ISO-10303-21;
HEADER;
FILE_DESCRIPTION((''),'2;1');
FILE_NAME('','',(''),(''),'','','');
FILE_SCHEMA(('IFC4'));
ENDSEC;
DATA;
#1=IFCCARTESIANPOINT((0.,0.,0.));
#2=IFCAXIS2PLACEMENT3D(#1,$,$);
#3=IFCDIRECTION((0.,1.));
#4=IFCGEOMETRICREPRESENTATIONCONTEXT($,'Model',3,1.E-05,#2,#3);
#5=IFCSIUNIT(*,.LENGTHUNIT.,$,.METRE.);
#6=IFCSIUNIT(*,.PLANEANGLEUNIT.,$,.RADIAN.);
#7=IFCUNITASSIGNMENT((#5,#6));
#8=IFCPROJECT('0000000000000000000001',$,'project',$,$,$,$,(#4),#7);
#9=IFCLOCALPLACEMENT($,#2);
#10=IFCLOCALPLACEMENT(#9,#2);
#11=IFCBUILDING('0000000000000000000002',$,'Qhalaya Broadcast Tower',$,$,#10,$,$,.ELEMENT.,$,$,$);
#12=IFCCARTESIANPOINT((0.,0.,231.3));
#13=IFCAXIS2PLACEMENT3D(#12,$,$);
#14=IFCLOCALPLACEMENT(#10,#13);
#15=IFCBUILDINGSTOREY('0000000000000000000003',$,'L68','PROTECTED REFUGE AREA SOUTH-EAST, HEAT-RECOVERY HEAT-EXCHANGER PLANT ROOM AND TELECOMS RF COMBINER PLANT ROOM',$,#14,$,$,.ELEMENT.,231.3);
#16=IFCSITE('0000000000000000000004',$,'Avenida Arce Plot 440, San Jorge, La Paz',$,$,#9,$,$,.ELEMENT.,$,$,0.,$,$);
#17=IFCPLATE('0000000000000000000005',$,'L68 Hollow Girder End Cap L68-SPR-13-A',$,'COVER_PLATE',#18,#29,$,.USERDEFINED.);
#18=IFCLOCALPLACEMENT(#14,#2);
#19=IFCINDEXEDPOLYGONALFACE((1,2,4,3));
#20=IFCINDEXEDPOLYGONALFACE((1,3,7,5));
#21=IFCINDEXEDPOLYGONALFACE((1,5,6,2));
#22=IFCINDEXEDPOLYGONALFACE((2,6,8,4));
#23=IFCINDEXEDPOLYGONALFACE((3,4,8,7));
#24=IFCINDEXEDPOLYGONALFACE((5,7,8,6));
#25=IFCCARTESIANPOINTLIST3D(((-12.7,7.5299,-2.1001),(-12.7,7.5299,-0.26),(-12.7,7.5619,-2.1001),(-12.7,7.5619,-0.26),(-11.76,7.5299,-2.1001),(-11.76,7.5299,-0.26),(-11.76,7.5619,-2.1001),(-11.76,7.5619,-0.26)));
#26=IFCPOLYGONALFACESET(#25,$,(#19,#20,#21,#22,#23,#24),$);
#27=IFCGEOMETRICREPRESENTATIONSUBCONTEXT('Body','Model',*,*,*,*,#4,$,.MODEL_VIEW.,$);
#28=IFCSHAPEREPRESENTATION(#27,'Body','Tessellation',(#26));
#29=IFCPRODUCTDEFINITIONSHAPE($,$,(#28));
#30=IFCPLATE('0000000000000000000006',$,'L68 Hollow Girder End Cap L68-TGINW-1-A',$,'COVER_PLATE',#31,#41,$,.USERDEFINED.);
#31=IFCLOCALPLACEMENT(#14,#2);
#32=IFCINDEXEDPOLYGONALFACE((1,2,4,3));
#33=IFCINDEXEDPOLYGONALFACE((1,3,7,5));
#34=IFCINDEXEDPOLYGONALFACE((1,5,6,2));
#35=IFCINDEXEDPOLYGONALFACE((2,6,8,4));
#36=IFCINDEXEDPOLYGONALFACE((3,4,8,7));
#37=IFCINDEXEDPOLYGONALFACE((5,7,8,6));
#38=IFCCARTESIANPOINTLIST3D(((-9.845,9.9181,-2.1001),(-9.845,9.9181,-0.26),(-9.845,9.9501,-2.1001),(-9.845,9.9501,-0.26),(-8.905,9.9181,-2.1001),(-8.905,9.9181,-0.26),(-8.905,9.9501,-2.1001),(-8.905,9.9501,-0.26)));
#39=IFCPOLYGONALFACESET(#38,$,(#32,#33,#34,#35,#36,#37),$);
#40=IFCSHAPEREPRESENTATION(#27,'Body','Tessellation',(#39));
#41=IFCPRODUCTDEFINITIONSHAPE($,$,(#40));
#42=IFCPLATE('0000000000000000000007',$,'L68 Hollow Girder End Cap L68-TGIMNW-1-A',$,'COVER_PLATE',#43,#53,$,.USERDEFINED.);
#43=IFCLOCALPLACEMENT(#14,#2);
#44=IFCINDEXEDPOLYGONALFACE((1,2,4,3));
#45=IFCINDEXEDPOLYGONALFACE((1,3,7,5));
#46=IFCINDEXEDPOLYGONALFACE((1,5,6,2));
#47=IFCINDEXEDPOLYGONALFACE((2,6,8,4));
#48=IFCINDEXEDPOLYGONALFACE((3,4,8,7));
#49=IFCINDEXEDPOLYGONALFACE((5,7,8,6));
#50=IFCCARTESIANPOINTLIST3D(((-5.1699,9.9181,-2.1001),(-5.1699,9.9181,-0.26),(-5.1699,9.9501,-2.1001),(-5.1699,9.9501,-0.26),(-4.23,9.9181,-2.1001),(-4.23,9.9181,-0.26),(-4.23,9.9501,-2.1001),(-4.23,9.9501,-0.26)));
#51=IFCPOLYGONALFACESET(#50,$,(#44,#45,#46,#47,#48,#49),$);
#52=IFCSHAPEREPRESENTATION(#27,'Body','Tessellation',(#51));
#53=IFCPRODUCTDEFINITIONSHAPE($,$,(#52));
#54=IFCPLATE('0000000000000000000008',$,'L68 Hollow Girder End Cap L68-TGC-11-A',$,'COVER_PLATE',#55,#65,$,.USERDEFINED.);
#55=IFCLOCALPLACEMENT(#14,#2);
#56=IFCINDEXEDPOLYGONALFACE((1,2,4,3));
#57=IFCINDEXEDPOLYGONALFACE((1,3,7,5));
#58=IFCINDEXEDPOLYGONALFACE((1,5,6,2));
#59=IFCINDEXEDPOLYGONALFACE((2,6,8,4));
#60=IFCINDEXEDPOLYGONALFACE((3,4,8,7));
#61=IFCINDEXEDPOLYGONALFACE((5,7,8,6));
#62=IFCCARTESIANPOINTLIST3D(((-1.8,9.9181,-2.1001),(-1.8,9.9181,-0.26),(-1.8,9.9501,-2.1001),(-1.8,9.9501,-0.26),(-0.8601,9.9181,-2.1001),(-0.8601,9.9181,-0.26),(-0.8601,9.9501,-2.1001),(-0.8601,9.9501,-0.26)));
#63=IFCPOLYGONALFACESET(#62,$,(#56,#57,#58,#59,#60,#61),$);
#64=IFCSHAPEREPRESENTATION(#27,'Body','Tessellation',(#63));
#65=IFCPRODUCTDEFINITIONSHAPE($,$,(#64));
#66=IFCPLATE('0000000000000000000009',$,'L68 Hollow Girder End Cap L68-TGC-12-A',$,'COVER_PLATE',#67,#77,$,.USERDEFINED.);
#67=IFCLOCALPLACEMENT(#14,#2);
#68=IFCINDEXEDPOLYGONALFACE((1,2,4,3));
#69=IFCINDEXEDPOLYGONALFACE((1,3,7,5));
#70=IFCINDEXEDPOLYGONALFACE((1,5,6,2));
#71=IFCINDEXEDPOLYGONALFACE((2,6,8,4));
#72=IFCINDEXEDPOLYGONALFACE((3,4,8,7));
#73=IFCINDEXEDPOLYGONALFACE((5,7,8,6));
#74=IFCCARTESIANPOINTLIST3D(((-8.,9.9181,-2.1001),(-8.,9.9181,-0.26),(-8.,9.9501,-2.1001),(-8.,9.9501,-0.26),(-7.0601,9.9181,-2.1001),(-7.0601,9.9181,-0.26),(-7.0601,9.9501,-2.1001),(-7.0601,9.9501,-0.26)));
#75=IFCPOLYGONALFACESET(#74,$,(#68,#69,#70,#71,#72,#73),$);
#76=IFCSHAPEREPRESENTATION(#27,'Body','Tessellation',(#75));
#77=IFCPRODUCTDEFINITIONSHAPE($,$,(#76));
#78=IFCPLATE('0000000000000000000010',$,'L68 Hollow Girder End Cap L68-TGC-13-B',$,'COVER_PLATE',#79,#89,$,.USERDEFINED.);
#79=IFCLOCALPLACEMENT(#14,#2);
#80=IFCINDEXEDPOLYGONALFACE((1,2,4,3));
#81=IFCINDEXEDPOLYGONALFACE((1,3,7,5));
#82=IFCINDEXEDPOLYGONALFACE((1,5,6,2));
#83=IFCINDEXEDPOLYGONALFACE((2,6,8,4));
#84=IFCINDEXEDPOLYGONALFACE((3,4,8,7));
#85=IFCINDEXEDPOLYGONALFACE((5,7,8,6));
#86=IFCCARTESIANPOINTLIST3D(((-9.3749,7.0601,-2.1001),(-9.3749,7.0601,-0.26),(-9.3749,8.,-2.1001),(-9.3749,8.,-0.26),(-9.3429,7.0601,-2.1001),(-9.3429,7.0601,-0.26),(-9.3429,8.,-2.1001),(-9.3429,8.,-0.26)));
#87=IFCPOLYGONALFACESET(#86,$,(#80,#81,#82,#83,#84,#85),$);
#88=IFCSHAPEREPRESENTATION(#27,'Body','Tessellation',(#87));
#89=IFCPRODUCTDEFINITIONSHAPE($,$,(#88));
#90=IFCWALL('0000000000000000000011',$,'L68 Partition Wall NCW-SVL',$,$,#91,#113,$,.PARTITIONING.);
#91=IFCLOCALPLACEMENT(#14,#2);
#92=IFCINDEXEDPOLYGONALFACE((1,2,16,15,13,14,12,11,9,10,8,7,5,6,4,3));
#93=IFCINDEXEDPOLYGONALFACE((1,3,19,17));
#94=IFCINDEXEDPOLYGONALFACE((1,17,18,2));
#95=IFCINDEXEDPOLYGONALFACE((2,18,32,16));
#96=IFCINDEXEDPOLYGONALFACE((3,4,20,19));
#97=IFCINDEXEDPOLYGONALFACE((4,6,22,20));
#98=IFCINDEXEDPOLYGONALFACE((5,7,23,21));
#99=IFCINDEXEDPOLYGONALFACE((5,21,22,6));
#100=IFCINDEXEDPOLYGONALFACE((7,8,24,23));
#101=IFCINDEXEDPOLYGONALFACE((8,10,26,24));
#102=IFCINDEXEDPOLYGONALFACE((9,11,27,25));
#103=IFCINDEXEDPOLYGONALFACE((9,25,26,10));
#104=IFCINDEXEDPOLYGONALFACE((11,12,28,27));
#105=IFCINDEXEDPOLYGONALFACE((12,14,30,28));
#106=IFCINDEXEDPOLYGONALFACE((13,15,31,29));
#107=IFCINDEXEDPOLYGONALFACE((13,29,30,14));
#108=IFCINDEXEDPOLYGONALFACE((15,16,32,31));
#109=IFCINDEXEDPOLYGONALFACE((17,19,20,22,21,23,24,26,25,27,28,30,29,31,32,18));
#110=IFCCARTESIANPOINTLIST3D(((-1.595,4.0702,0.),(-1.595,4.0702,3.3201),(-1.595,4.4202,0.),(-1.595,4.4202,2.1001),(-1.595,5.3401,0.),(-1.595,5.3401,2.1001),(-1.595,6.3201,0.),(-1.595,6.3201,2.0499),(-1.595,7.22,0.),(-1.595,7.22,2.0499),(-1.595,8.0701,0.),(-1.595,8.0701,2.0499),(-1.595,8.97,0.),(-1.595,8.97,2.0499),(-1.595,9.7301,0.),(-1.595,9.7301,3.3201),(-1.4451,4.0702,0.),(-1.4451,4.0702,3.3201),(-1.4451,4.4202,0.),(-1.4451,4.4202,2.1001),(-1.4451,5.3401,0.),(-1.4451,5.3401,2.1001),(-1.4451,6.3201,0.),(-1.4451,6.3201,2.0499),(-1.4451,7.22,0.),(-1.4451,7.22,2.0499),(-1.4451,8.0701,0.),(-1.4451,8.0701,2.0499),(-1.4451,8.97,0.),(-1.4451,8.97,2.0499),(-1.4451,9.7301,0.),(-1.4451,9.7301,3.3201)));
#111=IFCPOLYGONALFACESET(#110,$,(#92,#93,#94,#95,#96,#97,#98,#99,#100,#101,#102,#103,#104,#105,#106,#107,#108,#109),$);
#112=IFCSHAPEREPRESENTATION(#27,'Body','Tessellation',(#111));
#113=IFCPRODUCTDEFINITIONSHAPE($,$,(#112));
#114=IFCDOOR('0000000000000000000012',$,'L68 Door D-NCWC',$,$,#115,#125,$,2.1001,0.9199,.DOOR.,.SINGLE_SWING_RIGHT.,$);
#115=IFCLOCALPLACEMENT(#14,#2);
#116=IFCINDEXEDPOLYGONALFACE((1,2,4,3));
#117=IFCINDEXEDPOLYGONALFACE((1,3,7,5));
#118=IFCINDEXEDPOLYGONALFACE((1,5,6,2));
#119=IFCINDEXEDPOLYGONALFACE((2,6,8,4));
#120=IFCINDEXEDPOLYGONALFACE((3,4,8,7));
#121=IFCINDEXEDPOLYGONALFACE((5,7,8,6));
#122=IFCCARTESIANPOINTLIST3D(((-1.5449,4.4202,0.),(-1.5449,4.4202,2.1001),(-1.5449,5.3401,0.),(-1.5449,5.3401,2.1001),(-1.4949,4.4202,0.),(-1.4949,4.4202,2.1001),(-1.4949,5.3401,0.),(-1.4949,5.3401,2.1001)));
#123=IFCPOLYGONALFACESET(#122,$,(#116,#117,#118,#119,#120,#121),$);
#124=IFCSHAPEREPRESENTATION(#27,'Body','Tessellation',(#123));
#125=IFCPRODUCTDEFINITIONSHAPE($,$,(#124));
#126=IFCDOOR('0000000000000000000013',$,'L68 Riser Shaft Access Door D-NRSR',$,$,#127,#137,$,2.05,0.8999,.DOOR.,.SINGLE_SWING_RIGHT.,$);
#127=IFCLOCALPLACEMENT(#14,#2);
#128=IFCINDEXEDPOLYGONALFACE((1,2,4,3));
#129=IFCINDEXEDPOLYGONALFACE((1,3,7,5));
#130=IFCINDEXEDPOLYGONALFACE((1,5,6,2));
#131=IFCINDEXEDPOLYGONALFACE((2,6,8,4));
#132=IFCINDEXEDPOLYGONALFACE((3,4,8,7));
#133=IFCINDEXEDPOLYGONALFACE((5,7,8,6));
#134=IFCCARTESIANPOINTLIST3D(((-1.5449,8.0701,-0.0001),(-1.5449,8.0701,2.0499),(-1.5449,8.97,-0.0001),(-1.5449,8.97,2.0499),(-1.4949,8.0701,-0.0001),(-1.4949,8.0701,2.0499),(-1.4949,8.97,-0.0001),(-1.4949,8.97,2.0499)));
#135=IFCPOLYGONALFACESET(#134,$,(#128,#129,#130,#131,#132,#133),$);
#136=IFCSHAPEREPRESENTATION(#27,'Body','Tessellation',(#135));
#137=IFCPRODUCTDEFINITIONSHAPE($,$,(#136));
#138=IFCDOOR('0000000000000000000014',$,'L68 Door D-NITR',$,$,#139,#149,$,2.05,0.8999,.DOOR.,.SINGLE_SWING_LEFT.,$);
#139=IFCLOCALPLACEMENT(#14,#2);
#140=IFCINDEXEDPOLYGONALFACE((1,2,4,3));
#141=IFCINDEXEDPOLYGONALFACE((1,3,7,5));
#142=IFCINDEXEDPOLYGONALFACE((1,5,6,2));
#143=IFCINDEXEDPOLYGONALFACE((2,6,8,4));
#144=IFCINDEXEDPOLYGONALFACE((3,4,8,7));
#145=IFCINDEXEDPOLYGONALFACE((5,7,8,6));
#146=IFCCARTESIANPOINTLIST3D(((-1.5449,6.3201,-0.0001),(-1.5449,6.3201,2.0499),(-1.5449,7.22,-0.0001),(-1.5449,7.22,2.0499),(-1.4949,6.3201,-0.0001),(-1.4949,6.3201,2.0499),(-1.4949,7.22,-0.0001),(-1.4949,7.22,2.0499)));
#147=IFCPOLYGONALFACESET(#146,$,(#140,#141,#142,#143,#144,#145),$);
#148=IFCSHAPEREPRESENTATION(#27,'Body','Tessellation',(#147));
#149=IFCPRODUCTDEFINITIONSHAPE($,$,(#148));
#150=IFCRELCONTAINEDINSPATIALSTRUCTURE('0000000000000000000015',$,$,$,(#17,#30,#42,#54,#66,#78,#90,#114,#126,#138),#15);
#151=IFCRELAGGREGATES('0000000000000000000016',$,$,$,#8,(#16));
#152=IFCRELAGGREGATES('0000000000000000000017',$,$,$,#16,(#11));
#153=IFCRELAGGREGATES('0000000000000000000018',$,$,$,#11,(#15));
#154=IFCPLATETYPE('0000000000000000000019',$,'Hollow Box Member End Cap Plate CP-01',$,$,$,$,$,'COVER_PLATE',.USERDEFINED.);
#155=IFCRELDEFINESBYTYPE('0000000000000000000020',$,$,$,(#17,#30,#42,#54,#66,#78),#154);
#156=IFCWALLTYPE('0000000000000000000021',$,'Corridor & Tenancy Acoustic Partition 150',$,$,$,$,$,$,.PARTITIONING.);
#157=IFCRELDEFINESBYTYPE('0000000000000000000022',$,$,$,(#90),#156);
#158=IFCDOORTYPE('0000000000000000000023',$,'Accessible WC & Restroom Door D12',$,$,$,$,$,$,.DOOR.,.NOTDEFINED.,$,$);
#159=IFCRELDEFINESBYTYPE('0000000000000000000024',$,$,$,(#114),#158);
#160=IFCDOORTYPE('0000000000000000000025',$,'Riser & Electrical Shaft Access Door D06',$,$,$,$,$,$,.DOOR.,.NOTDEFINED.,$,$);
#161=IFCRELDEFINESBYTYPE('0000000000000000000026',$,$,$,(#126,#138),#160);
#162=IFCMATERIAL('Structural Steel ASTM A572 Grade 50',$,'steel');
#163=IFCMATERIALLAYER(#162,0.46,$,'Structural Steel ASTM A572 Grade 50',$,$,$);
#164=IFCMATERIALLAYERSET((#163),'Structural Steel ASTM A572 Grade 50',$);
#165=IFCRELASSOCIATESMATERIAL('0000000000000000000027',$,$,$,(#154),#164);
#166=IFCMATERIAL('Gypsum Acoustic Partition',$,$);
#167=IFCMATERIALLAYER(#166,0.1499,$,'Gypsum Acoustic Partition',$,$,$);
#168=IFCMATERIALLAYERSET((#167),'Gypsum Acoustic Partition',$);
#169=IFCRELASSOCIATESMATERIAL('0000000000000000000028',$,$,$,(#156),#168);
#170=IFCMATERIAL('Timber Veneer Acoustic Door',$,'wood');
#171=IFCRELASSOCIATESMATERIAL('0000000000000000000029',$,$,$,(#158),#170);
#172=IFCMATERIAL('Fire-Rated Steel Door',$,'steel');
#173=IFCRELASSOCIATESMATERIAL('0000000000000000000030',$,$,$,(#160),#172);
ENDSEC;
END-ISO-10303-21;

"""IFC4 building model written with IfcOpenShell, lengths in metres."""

from ifc_helpers import new_model, si_unit, direction, frame, frame_2d, origin, origin_2d, place, context, subcontext, project, spatial, rectangle, extrude, material, layer, layer_set, type_object, element, fill, save


model = new_model("IFC4")

# Units and contexts
model_context = context("Model", 3, precision=1e-05, world=origin(), true_north=direction((0.0, 1.0)))
body_context = subcontext(model_context, "Body", "Model", "MODEL_VIEW")
ifc_project = project(units=[si_unit("LENGTHUNIT", "METRE"), si_unit("PLANEANGLEUNIT", "RADIAN")], contexts=[model_context])

# Site, building, storey
site_placement = place(None, origin())
site = spatial("IfcSite", under=ifc_project, at=site_placement, Name="Avenida Arce Plot 440, San Jorge, La Paz", CompositionType="ELEMENT", RefElevation=0.0)
building_placement = place(site_placement, origin())
building = spatial("IfcBuilding", under=site, at=building_placement, Name="Qhalaya Broadcast Tower", CompositionType="ELEMENT")
storey_placement = place(building_placement, frame((0.0, 0.0, 231.3)))
storey = spatial("IfcBuildingStorey", under=building, at=storey_placement, Name="L68", Description="PROTECTED REFUGE AREA SOUTH-EAST, HEAT-RECOVERY HEAT-EXCHANGER PLANT ROOM AND TELECOMS RF COMBINER PLANT ROOM", CompositionType="ELEMENT", Elevation=231.3)

# Plates
ifc_material_1 = material(Name="Structural Steel ASTM A572 Grade 50", Category="steel")
ifc_layer_1 = layer(ifc_material_1, 0.46, Name="Structural Steel ASTM A572 Grade 50")
ifc_layer_set_1 = layer_set([ifc_layer_1], Name="Structural Steel ASTM A572 Grade 50")
plate_type = type_object("IfcPlateType", Name="Hollow Box Member End Cap Plate CP-01", ElementType="COVER_PLATE", PredefinedType="USERDEFINED", material=ifc_layer_set_1)
for number, where, z_axis, x_axis, name in (
    (1, (-12.23, 7.5459, -2.1001), (0.0, 0.0, 1.0), (1.0, 0.0, 0.0), "L68 Hollow Girder End Cap L68-SPR-13-A"),
    (2, (-9.375, 9.9341, -2.1001), (0.0, 0.0, 1.0), (-1.0, 0.0, 0.0), "L68 Hollow Girder End Cap L68-TGINW-1-A"),
    (3, (-4.7, 9.9341, -2.1001), (0.0, 0.0, 1.0), (-1.0, 0.0, 0.0), "L68 Hollow Girder End Cap L68-TGIMNW-1-A"),
    (4, (-1.3301, 9.9341, -2.1001), (0.0, 0.0, 1.0), (-1.0, 0.0, 0.0), "L68 Hollow Girder End Cap L68-TGC-11-A"),
    (5, (-7.53, 9.9341, -2.1001), (0.0, 0.0, 1.0), (-1.0, 0.0, 0.0), "L68 Hollow Girder End Cap L68-TGC-12-A"),
    (6, (-9.3589, 7.53, -2.1001), (0.0, 0.0, 1.0), (0.0, 1.0, 0.0), "L68 Hollow Girder End Cap L68-TGC-13-B"),
):
    element("IfcPlate", number, at=place(storey_placement, frame(where, z_axis=z_axis, x_axis=x_axis)), inside=storey, type_object=plate_type, Name=name, ObjectType="COVER_PLATE", PredefinedType="USERDEFINED", context=body_context, shape_type="SweptSolid", body=[
        extrude(rectangle(XDim=0.9399, YDim=0.032, at=origin_2d()), origin(), (0.0, 0.0, 1.0), 1.8401),
    ])

# Wall, openings, doors
ifc_material_2 = material(Name="Gypsum Acoustic Partition")
ifc_layer_2 = layer(ifc_material_2, 0.1499, Name="Gypsum Acoustic Partition")
ifc_layer_set_2 = layer_set([ifc_layer_2], Name="Gypsum Acoustic Partition")
wall_type_1 = type_object("IfcWallType", Name="Corridor & Tenancy Acoustic Partition 150", PredefinedType="PARTITIONING", material=ifc_layer_set_2)
wall_1_placement = place(storey_placement, frame((-1.52, 4.0701, 0.0), z_axis=(0.0, 0.0, 1.0), x_axis=(0.0, 1.0, 0.0)))
wall_1 = element("IfcWall", 7, at=wall_1_placement, inside=storey, type_object=wall_type_1, Name="L68 Partition Wall NCW-SVL", PredefinedType="PARTITIONING", context=body_context, shape_type="SweptSolid", body=[
    extrude(rectangle(XDim=5.6599, YDim=0.1499, at=frame_2d((2.8301, 0.0))), origin(), (0.0, 0.0, 1.0), 3.3201),
])
opening_1_placement = place(wall_1_placement, frame((4.0, 0.0, 0.0)))
opening_1 = element("IfcOpeningElement", 8, at=opening_1_placement, cuts=wall_1, PredefinedType="OPENING", context=body_context, shape_type="SweptSolid", body=[
    extrude(rectangle(XDim=0.8999, YDim=2.05, at=frame_2d((0.45, 1.0249))), frame((0.0, 0.0869, 0.0), z_axis=(0.0, -1.0, 0.0), x_axis=(1.0, 0.0, 0.0)), (0.0, 0.0, 1.0), 0.1738),
])
opening_2_placement = place(wall_1_placement, frame((2.25, 0.0, 0.0)))
opening_2 = element("IfcOpeningElement", 9, at=opening_2_placement, cuts=wall_1, PredefinedType="OPENING", context=body_context, shape_type="SweptSolid", body=[
    extrude(rectangle(XDim=0.8999, YDim=2.05, at=frame_2d((0.45, 1.0249))), frame((0.0, 0.0869, 0.0), z_axis=(0.0, -1.0, 0.0), x_axis=(1.0, 0.0, 0.0)), (0.0, 0.0, 1.0), 0.1738),
])
opening_3_placement = place(wall_1_placement, frame((0.3501, 0.0, 0.0)))
opening_3 = element("IfcOpeningElement", 10, at=opening_3_placement, cuts=wall_1, PredefinedType="OPENING", context=body_context, shape_type="SweptSolid", body=[
    extrude(rectangle(XDim=0.9199, YDim=2.1001, at=frame_2d((0.46, 1.05))), frame((0.0, 0.0869, 0.0), z_axis=(0.0, -1.0, 0.0), x_axis=(1.0, 0.0, 0.0)), (0.0, 0.0, 1.0), 0.1738),
])
ifc_material_3 = material(Name="Timber Veneer Acoustic Door", Category="wood")
door_type_1 = type_object("IfcDoorType", Name="Accessible WC & Restroom Door D12", OperationType="NOTDEFINED", PredefinedType="DOOR", material=ifc_material_3)
door_1_placement = place(opening_3_placement, origin())
door_1 = element("IfcDoor", 11, at=door_1_placement, inside=storey, type_object=door_type_1, Name="L68 Door D-NCWC", OperationType="SINGLE_SWING_RIGHT", OverallHeight=2.1001, OverallWidth=0.9199, PredefinedType="DOOR", context=body_context, shape_type="SweptSolid", body=[
    extrude(rectangle(XDim=0.9199, YDim=2.1001, at=frame_2d((0.46, 1.05))), frame((0.0, 0.0249, 0.0), z_axis=(0.0, -1.0, 0.0), x_axis=(1.0, 0.0, 0.0)), (0.0, 0.0, 1.0), 0.05),
])
fill(opening_3, door_1)
ifc_material_4 = material(Name="Fire-Rated Steel Door", Category="steel")
door_type_2 = type_object("IfcDoorType", Name="Riser & Electrical Shaft Access Door D06", OperationType="NOTDEFINED", PredefinedType="DOOR", material=ifc_material_4)
door_2_placement = place(opening_1_placement, origin())
door_2 = element("IfcDoor", 12, at=door_2_placement, inside=storey, type_object=door_type_2, Name="L68 Riser Shaft Access Door D-NRSR", OperationType="SINGLE_SWING_RIGHT", OverallHeight=2.05, OverallWidth=0.8999, PredefinedType="DOOR", context=body_context, shape_type="SweptSolid", body=[
    extrude(rectangle(XDim=0.8999, YDim=2.05, at=frame_2d((0.45, 1.0249))), frame((0.0, 0.0249, 0.0), z_axis=(0.0, -1.0, 0.0), x_axis=(1.0, 0.0, 0.0)), (0.0, 0.0, 1.0), 0.05),
])
fill(opening_1, door_2)
door_3_placement = place(opening_2_placement, origin())
door_3 = element("IfcDoor", 13, at=door_3_placement, inside=storey, type_object=door_type_2, Name="L68 Door D-NITR", OperationType="SINGLE_SWING_LEFT", OverallHeight=2.05, OverallWidth=0.8999, PredefinedType="DOOR", context=body_context, shape_type="SweptSolid", body=[
    extrude(rectangle(XDim=0.8999, YDim=2.05, at=frame_2d((0.45, 1.0249))), frame((0.0, 0.0249, 0.0), z_axis=(0.0, -1.0, 0.0), x_axis=(1.0, 0.0, 0.0)), (0.0, 0.0, 1.0), 0.05),
])
fill(opening_2, door_3)

save(model, "model.ifc")
